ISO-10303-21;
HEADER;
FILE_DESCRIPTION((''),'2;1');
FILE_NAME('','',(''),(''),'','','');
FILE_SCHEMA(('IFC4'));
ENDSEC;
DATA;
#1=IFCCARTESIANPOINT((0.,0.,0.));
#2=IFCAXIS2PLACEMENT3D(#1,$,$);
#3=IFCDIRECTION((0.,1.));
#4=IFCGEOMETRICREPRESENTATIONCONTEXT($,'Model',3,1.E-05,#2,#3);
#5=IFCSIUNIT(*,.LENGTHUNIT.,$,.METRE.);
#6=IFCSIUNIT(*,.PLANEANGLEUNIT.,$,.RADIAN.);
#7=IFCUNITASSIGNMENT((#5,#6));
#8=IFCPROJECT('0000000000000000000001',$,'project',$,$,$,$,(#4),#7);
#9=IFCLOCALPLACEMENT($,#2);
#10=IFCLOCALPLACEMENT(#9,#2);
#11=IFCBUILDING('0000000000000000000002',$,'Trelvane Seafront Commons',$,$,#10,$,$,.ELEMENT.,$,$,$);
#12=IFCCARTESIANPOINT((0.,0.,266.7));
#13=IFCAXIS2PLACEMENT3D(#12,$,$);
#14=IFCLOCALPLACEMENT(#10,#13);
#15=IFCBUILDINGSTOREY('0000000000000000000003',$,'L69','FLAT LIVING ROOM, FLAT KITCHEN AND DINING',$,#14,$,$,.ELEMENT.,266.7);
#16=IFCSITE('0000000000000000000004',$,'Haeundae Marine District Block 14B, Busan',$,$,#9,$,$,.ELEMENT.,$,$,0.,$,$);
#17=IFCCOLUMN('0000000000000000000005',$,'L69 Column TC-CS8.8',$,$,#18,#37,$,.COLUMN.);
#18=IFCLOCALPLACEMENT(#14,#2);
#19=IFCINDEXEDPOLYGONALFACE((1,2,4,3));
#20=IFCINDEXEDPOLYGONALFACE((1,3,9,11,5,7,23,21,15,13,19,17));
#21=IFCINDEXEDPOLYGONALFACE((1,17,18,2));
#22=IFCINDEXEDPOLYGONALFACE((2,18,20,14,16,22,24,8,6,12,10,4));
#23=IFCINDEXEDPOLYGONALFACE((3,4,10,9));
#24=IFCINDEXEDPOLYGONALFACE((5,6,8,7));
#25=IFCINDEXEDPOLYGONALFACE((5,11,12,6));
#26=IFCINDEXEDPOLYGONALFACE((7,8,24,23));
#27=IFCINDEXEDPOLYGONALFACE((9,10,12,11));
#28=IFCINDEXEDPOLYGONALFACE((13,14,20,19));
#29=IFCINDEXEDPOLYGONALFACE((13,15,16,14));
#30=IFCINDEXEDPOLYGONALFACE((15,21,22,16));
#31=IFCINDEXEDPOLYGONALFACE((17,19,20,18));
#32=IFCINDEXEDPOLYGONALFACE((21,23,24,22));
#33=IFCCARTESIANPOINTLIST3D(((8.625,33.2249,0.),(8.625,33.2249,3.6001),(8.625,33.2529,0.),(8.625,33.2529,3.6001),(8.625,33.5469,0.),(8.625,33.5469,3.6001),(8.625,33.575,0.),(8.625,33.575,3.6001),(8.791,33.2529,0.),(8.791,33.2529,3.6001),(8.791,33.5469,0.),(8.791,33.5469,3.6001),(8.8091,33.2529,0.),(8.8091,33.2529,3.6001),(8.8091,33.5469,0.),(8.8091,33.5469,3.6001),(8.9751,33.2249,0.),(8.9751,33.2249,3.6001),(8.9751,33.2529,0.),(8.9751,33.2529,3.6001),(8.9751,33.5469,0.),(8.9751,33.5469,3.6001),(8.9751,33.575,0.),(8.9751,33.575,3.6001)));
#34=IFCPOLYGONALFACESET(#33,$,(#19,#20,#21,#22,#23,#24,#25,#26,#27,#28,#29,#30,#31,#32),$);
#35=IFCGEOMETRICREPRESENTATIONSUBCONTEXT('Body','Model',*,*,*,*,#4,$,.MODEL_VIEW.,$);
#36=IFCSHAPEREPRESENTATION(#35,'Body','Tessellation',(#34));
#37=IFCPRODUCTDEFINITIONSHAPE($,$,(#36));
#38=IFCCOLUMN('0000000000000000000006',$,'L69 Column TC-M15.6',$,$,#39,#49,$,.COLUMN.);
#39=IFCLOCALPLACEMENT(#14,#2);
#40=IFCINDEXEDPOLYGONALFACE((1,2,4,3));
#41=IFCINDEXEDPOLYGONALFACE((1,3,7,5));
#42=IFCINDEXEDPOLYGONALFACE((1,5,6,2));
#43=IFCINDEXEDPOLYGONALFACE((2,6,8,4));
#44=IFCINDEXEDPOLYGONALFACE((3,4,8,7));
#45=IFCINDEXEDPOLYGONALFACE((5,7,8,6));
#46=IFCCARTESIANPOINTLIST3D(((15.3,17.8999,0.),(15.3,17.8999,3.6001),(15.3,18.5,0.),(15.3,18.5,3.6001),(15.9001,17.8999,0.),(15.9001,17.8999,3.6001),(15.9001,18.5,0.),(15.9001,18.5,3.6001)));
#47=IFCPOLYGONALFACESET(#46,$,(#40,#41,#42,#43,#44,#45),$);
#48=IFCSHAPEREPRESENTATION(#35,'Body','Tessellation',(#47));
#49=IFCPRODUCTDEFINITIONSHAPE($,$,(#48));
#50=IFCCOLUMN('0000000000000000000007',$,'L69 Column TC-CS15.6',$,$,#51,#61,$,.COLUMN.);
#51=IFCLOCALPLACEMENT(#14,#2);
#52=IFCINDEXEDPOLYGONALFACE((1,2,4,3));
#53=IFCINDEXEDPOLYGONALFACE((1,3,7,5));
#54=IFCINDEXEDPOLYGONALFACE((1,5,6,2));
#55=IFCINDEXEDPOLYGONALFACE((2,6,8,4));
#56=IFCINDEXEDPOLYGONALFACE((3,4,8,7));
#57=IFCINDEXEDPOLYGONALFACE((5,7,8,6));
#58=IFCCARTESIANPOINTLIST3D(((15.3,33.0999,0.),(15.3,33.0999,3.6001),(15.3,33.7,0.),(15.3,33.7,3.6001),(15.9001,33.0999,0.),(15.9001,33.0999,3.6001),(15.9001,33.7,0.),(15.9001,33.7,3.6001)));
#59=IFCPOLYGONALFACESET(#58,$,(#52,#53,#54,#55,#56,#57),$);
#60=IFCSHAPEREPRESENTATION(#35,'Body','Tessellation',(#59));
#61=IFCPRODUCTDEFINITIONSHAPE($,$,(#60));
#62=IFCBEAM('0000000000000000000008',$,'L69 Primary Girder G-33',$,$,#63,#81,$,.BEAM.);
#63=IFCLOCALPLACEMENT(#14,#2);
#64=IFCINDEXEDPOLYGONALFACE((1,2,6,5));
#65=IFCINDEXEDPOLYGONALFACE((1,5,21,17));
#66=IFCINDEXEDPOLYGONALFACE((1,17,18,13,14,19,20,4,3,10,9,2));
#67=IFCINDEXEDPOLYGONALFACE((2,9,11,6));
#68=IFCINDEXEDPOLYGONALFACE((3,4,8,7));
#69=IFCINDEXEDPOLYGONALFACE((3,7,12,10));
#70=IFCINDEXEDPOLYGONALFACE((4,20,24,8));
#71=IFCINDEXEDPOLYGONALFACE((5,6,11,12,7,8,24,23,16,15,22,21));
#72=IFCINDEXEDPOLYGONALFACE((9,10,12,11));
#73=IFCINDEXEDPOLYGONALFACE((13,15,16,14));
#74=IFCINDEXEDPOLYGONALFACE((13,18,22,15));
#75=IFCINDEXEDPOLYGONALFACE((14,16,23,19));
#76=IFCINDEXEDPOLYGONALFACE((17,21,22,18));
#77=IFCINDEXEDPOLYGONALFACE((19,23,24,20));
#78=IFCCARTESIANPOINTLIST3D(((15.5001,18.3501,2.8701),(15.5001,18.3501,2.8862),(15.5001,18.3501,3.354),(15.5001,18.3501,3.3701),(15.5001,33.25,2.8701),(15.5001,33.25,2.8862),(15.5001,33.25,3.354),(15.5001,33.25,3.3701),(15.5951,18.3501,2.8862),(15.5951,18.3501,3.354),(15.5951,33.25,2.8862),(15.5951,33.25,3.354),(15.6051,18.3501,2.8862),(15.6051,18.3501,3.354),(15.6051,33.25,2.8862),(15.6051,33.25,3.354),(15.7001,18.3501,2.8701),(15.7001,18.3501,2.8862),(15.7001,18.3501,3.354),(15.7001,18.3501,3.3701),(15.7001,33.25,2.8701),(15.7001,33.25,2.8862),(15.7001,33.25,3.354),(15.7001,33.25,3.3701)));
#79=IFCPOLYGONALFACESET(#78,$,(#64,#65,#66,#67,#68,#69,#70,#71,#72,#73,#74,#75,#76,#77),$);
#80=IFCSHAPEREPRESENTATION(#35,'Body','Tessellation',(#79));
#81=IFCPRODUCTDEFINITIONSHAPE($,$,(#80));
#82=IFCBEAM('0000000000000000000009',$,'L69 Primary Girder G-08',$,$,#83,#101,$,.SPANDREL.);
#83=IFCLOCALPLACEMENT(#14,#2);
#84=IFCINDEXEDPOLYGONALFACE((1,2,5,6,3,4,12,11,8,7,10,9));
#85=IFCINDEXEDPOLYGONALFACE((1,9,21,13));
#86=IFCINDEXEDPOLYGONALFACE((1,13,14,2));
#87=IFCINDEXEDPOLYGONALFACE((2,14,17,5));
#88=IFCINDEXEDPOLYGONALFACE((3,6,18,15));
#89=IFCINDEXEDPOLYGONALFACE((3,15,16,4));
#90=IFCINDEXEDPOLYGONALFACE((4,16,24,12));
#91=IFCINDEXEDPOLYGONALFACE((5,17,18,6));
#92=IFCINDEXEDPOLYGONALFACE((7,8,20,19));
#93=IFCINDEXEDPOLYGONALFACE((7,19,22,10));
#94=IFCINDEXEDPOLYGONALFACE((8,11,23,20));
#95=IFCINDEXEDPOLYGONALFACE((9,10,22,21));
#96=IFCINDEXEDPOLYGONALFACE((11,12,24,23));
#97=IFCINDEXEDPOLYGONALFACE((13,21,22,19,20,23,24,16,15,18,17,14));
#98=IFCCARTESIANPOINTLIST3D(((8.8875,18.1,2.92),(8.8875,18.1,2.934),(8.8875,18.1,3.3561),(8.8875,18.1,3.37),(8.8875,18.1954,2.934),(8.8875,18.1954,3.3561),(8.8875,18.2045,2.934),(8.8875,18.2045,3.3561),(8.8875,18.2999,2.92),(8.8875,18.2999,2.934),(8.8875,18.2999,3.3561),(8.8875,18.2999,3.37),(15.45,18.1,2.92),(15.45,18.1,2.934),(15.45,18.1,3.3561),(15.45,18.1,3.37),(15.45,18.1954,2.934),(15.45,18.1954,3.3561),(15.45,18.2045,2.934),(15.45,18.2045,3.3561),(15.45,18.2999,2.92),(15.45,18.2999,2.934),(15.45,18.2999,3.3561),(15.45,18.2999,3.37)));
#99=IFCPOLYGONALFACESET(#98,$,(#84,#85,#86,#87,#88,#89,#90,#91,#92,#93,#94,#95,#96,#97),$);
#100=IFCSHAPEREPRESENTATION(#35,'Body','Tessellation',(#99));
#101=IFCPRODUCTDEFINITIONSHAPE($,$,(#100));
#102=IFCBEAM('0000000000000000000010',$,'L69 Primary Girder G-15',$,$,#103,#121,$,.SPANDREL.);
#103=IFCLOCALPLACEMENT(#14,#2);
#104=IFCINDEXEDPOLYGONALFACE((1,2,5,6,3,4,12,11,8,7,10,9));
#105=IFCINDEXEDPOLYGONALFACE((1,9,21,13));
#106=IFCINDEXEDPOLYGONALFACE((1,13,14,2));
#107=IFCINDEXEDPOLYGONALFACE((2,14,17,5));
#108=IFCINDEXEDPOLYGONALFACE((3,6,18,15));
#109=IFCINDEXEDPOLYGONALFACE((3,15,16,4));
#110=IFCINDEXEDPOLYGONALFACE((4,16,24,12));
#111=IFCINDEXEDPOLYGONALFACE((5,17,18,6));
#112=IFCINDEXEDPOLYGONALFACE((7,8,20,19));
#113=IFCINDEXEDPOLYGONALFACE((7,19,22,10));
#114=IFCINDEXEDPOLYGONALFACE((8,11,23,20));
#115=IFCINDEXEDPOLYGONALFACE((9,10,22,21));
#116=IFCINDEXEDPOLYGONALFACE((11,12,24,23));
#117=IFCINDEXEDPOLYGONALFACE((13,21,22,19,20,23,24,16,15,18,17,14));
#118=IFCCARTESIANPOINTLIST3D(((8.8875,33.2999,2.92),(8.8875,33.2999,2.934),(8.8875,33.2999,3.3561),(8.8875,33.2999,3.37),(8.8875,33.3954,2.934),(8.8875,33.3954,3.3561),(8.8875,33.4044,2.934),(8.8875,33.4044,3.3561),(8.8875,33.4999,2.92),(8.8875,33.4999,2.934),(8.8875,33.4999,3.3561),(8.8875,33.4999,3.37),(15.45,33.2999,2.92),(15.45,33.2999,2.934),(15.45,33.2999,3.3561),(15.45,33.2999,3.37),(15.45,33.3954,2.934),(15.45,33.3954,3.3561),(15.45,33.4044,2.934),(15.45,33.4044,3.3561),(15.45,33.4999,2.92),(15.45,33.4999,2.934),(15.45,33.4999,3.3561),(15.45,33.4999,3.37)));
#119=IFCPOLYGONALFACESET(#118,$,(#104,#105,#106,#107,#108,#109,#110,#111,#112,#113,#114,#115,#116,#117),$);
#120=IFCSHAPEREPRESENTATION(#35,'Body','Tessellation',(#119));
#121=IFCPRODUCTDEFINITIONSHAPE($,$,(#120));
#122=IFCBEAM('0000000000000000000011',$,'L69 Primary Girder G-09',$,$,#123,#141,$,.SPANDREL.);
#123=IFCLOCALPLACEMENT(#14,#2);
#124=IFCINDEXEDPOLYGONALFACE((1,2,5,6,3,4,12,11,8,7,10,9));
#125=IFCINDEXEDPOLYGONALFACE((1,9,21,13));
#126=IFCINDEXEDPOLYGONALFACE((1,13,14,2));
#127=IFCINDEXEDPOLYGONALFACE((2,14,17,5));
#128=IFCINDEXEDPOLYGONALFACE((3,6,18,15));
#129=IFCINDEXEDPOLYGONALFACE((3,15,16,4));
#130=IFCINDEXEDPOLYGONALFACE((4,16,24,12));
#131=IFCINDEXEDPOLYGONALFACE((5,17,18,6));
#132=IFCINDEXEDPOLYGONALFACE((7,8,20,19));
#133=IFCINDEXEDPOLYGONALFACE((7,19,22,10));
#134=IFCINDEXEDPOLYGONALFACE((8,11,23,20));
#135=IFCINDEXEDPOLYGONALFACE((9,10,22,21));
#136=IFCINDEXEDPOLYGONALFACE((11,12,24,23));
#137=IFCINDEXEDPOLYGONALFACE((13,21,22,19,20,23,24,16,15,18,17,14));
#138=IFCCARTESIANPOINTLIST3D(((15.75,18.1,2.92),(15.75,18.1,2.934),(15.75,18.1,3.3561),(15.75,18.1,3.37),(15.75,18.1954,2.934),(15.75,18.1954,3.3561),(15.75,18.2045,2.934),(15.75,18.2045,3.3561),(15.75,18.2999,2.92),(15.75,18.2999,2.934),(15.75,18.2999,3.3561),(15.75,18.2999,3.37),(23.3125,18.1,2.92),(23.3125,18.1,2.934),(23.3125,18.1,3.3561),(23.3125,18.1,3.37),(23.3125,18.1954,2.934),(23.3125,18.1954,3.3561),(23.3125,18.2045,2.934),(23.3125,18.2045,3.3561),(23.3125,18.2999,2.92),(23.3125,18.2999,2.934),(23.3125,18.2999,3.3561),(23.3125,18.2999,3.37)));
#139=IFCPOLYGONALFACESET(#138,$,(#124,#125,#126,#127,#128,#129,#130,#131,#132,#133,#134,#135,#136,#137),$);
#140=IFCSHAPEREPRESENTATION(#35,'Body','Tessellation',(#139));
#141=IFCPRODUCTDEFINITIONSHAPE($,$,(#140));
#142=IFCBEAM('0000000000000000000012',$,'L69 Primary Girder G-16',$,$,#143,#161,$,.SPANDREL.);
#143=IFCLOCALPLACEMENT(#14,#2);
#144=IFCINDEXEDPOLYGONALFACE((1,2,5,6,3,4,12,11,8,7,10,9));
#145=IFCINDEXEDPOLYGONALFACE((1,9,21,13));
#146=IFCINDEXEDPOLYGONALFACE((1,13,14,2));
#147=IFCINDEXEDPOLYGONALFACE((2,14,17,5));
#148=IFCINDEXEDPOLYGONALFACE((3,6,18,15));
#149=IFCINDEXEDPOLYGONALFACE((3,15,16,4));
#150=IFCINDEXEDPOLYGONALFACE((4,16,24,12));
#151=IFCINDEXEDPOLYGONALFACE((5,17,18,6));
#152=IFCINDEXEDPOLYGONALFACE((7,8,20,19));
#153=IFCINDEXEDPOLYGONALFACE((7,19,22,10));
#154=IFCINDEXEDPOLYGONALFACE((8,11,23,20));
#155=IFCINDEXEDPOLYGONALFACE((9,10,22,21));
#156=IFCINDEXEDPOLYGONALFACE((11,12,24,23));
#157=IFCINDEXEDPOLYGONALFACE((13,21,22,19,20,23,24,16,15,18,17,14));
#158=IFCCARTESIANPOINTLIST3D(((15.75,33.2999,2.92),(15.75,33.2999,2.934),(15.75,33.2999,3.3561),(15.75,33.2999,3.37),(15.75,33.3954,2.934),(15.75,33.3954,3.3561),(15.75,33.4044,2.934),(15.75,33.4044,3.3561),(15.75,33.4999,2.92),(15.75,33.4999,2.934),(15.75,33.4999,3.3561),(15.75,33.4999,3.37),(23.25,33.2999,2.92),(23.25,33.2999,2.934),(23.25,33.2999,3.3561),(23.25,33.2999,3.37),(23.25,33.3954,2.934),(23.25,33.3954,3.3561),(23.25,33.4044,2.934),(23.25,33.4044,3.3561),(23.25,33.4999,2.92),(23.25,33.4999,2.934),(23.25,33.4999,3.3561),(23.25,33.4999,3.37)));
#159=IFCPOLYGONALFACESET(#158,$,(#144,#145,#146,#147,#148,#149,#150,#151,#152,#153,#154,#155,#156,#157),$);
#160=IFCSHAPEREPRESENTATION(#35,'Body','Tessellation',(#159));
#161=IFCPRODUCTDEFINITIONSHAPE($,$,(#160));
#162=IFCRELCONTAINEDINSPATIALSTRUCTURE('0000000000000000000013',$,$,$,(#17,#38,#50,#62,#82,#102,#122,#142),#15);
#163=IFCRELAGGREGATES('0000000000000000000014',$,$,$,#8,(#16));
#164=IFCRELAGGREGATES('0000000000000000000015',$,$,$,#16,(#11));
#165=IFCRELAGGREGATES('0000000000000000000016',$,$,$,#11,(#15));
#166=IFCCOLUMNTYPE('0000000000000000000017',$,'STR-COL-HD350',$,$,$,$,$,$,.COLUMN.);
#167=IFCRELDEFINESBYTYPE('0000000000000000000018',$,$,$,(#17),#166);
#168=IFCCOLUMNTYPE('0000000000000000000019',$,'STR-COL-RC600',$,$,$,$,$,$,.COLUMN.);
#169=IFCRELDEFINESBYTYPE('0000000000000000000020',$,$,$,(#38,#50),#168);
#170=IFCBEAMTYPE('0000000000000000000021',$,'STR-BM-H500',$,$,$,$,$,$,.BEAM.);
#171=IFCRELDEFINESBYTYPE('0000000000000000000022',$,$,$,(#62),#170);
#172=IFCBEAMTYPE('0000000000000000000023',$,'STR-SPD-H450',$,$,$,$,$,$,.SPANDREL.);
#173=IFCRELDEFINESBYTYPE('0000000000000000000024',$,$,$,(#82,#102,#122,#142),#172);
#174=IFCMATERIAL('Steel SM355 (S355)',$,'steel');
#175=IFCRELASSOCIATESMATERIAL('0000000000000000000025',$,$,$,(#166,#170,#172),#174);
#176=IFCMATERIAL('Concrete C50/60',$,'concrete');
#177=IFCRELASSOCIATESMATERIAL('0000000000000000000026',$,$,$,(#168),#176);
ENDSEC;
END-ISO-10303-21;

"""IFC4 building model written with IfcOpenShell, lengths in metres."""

from ifc_helpers import new_model, si_unit, direction, frame, origin, origin_2d, place, context, subcontext, project, spatial, rectangle, i_section, extrude, source, transform, mapped, material, material_profile, profile_set, type_object, element, save


model = new_model("IFC4")

# Units and contexts
model_context = context("Model", 3, precision=1e-05, world=origin(), true_north=direction((0.0, 1.0)))
body_context = subcontext(model_context, "Body", "Model", "MODEL_VIEW")
ifc_project = project(units=[si_unit("LENGTHUNIT", "METRE"), si_unit("PLANEANGLEUNIT", "RADIAN")], contexts=[model_context])

# Site, building, storey
site_placement = place(None, origin())
site = spatial("IfcSite", under=ifc_project, at=site_placement, Name="Haeundae Marine District Block 14B, Busan", CompositionType="ELEMENT", RefElevation=0.0)
building_placement = place(site_placement, origin())
building = spatial("IfcBuilding", under=site, at=building_placement, Name="Trelvane Seafront Commons", CompositionType="ELEMENT")
storey_placement = place(building_placement, frame((0.0, 0.0, 266.7)))
storey = spatial("IfcBuildingStorey", under=building, at=storey_placement, Name="L69", Description="FLAT LIVING ROOM, FLAT KITCHEN AND DINING", CompositionType="ELEMENT", Elevation=266.7)

# Columns
ifc_material_1 = material(Name="Steel SM355 (S355)", Category="steel")
ifc_material_profile_1 = material_profile(ifc_material_1, i_section(OverallWidth=0.3501, OverallDepth=0.3501, WebThickness=0.0181, FlangeThickness=0.0281, at=origin_2d()), Name="HD-350x350x18x28")
ifc_profile_set_1 = profile_set([ifc_material_profile_1], Name="Steel SM355 (S355)")
column_type_1 = type_object("IfcColumnType", Name="STR-COL-HD350", PredefinedType="COLUMN", material=ifc_profile_set_1)
shared_shape_1 = source(origin(), body_context, "Body", "SweptSolid", [
    extrude(i_section(OverallWidth=0.3501, OverallDepth=0.3501, WebThickness=0.0181, FlangeThickness=0.0281, at=origin_2d()), origin(), (0.0, 0.0, 1.0), 3.6001),
])
column_placement = place(storey_placement, frame((8.8, 33.3999, 0.0), z_axis=(0.0, 0.0, 1.0), x_axis=(1.0, 0.0, 0.0)))
element("IfcColumn", 1, at=column_placement, inside=storey, type_object=column_type_1, Name="L69 Column TC-CS8.8", PredefinedType="COLUMN", context=body_context, shape_type="MappedRepresentation", body=[
    mapped(shared_shape_1, transform((0.0, 0.0, 0.0), x_axis=(1.0, 0.0, 0.0), y_axis=(0.0, 1.0, 0.0), z_axis=(0.0, 0.0, 1.0), scale=1.0)),
])
ifc_material_2 = material(Name="Concrete C50/60", Category="concrete")
ifc_material_profile_2 = material_profile(ifc_material_2, rectangle(XDim=0.6001, YDim=0.6001, at=origin_2d()), Name="RC-600x600")
ifc_profile_set_2 = profile_set([ifc_material_profile_2], Name="Concrete C50/60")
column_type_2 = type_object("IfcColumnType", Name="STR-COL-RC600", PredefinedType="COLUMN", material=ifc_profile_set_2)
shared_shape_2 = source(origin(), body_context, "Body", "SweptSolid", [
    extrude(rectangle(XDim=0.6001, YDim=0.6001, at=origin_2d()), origin(), (0.0, 0.0, 1.0), 3.6001),
])
for number, where, z_axis, x_axis, name in (
    (2, (15.6001, 18.2, 0.0), (0.0, 0.0, 1.0), (1.0, 0.0, 0.0), "L69 Column TC-M15.6"),
    (3, (15.6001, 33.3999, 0.0), (0.0, 0.0, 1.0), (1.0, 0.0, 0.0), "L69 Column TC-CS15.6"),
):
    element("IfcColumn", number, at=place(storey_placement, frame(where, z_axis=z_axis, x_axis=x_axis)), inside=storey, type_object=column_type_2, Name=name, PredefinedType="COLUMN", context=body_context, shape_type="MappedRepresentation", body=[
        mapped(shared_shape_2, transform((0.0, 0.0, 0.0), x_axis=(1.0, 0.0, 0.0), y_axis=(0.0, 1.0, 0.0), z_axis=(0.0, 0.0, 1.0), scale=1.0)),
    ])

# Beams
ifc_material_profile_3 = material_profile(ifc_material_1, i_section(OverallWidth=0.2, OverallDepth=0.5, WebThickness=0.01, FlangeThickness=0.0161, at=origin_2d()), Name="H-500x200x10x16")
ifc_profile_set_3 = profile_set([ifc_material_profile_3], Name="Steel SM355 (S355)")
beam_type_1 = type_object("IfcBeamType", Name="STR-BM-H500", PredefinedType="BEAM", material=ifc_profile_set_3)
shared_shape_3 = source(origin(), body_context, "Body", "SweptSolid", [
    extrude(i_section(OverallWidth=0.2, OverallDepth=0.5, WebThickness=0.01, FlangeThickness=0.0161, at=origin_2d()), origin(), (0.0, 0.0, 1.0), 14.8999),
])
beam_1_placement = place(storey_placement, frame((15.6001, 18.3501, 3.1201), z_axis=(0.0, 1.0, 0.0), x_axis=(-1.0, 0.0, 0.0)))
element("IfcBeam", 4, at=beam_1_placement, inside=storey, type_object=beam_type_1, Name="L69 Primary Girder G-33", PredefinedType="BEAM", context=body_context, shape_type="MappedRepresentation", body=[
    mapped(shared_shape_3, transform((0.0, 0.0, 0.0), x_axis=(1.0, 0.0, 0.0), y_axis=(0.0, 1.0, 0.0), z_axis=(0.0, 0.0, 1.0), scale=1.0)),
])
ifc_material_profile_4 = material_profile(ifc_material_1, i_section(OverallWidth=0.2, OverallDepth=0.45, WebThickness=0.009, FlangeThickness=0.0139, at=origin_2d()), Name="H-450x200x9x14")
ifc_profile_set_4 = profile_set([ifc_material_profile_4], Name="Steel SM355 (S355)")
beam_type_2 = type_object("IfcBeamType", Name="STR-SPD-H450", PredefinedType="SPANDREL", material=ifc_profile_set_4)
shared_shape_4 = source(origin(), body_context, "Body", "SweptSolid", [
    extrude(i_section(OverallWidth=0.2, OverallDepth=0.45, WebThickness=0.009, FlangeThickness=0.0139, at=origin_2d()), origin(), (0.0, 0.0, 1.0), 6.5625),
])
for number, where, z_axis, x_axis, name in (
    (5, (8.8875, 18.2, 3.145), (1.0, 0.0, 0.0), (0.0, 1.0, 0.0), "L69 Primary Girder G-08"),
    (6, (8.8875, 33.3999, 3.145), (1.0, 0.0, 0.0), (0.0, 1.0, 0.0), "L69 Primary Girder G-15"),
):
    element("IfcBeam", number, at=place(storey_placement, frame(where, z_axis=z_axis, x_axis=x_axis)), inside=storey, type_object=beam_type_2, Name=name, PredefinedType="SPANDREL", context=body_context, shape_type="MappedRepresentation", body=[
        mapped(shared_shape_4, transform((0.0, 0.0, 0.0), x_axis=(1.0, 0.0, 0.0), y_axis=(0.0, 1.0, 0.0), z_axis=(0.0, 0.0, 1.0), scale=1.0)),
    ])
shared_shape_5 = source(origin(), body_context, "Body", "SweptSolid", [
    extrude(i_section(OverallWidth=0.2, OverallDepth=0.45, WebThickness=0.009, FlangeThickness=0.0139, at=origin_2d()), origin(), (0.0, 0.0, 1.0), 7.5625),
])
beam_2_placement = place(storey_placement, frame((15.75, 18.2, 3.145), z_axis=(1.0, 0.0, 0.0), x_axis=(0.0, 1.0, 0.0)))
element("IfcBeam", 7, at=beam_2_placement, inside=storey, type_object=beam_type_2, Name="L69 Primary Girder G-09", PredefinedType="SPANDREL", context=body_context, shape_type="MappedRepresentation", body=[
    mapped(shared_shape_5, transform((0.0, 0.0, 0.0), x_axis=(1.0, 0.0, 0.0), y_axis=(0.0, 1.0, 0.0), z_axis=(0.0, 0.0, 1.0), scale=1.0)),
])
shared_shape_6 = source(origin(), body_context, "Body", "SweptSolid", [
    extrude(i_section(OverallWidth=0.2, OverallDepth=0.45, WebThickness=0.009, FlangeThickness=0.0139, at=origin_2d()), origin(), (0.0, 0.0, 1.0), 7.5),
])
beam_3_placement = place(storey_placement, frame((15.75, 33.3999, 3.145), z_axis=(1.0, 0.0, 0.0), x_axis=(0.0, 1.0, 0.0)))
element("IfcBeam", 8, at=beam_3_placement, inside=storey, type_object=beam_type_2, Name="L69 Primary Girder G-16", PredefinedType="SPANDREL", context=body_context, shape_type="MappedRepresentation", body=[
    mapped(shared_shape_6, transform((0.0, 0.0, 0.0), x_axis=(1.0, 0.0, 0.0), y_axis=(0.0, 1.0, 0.0), z_axis=(0.0, 0.0, 1.0), scale=1.0)),
])

save(model, "model.ifc")
